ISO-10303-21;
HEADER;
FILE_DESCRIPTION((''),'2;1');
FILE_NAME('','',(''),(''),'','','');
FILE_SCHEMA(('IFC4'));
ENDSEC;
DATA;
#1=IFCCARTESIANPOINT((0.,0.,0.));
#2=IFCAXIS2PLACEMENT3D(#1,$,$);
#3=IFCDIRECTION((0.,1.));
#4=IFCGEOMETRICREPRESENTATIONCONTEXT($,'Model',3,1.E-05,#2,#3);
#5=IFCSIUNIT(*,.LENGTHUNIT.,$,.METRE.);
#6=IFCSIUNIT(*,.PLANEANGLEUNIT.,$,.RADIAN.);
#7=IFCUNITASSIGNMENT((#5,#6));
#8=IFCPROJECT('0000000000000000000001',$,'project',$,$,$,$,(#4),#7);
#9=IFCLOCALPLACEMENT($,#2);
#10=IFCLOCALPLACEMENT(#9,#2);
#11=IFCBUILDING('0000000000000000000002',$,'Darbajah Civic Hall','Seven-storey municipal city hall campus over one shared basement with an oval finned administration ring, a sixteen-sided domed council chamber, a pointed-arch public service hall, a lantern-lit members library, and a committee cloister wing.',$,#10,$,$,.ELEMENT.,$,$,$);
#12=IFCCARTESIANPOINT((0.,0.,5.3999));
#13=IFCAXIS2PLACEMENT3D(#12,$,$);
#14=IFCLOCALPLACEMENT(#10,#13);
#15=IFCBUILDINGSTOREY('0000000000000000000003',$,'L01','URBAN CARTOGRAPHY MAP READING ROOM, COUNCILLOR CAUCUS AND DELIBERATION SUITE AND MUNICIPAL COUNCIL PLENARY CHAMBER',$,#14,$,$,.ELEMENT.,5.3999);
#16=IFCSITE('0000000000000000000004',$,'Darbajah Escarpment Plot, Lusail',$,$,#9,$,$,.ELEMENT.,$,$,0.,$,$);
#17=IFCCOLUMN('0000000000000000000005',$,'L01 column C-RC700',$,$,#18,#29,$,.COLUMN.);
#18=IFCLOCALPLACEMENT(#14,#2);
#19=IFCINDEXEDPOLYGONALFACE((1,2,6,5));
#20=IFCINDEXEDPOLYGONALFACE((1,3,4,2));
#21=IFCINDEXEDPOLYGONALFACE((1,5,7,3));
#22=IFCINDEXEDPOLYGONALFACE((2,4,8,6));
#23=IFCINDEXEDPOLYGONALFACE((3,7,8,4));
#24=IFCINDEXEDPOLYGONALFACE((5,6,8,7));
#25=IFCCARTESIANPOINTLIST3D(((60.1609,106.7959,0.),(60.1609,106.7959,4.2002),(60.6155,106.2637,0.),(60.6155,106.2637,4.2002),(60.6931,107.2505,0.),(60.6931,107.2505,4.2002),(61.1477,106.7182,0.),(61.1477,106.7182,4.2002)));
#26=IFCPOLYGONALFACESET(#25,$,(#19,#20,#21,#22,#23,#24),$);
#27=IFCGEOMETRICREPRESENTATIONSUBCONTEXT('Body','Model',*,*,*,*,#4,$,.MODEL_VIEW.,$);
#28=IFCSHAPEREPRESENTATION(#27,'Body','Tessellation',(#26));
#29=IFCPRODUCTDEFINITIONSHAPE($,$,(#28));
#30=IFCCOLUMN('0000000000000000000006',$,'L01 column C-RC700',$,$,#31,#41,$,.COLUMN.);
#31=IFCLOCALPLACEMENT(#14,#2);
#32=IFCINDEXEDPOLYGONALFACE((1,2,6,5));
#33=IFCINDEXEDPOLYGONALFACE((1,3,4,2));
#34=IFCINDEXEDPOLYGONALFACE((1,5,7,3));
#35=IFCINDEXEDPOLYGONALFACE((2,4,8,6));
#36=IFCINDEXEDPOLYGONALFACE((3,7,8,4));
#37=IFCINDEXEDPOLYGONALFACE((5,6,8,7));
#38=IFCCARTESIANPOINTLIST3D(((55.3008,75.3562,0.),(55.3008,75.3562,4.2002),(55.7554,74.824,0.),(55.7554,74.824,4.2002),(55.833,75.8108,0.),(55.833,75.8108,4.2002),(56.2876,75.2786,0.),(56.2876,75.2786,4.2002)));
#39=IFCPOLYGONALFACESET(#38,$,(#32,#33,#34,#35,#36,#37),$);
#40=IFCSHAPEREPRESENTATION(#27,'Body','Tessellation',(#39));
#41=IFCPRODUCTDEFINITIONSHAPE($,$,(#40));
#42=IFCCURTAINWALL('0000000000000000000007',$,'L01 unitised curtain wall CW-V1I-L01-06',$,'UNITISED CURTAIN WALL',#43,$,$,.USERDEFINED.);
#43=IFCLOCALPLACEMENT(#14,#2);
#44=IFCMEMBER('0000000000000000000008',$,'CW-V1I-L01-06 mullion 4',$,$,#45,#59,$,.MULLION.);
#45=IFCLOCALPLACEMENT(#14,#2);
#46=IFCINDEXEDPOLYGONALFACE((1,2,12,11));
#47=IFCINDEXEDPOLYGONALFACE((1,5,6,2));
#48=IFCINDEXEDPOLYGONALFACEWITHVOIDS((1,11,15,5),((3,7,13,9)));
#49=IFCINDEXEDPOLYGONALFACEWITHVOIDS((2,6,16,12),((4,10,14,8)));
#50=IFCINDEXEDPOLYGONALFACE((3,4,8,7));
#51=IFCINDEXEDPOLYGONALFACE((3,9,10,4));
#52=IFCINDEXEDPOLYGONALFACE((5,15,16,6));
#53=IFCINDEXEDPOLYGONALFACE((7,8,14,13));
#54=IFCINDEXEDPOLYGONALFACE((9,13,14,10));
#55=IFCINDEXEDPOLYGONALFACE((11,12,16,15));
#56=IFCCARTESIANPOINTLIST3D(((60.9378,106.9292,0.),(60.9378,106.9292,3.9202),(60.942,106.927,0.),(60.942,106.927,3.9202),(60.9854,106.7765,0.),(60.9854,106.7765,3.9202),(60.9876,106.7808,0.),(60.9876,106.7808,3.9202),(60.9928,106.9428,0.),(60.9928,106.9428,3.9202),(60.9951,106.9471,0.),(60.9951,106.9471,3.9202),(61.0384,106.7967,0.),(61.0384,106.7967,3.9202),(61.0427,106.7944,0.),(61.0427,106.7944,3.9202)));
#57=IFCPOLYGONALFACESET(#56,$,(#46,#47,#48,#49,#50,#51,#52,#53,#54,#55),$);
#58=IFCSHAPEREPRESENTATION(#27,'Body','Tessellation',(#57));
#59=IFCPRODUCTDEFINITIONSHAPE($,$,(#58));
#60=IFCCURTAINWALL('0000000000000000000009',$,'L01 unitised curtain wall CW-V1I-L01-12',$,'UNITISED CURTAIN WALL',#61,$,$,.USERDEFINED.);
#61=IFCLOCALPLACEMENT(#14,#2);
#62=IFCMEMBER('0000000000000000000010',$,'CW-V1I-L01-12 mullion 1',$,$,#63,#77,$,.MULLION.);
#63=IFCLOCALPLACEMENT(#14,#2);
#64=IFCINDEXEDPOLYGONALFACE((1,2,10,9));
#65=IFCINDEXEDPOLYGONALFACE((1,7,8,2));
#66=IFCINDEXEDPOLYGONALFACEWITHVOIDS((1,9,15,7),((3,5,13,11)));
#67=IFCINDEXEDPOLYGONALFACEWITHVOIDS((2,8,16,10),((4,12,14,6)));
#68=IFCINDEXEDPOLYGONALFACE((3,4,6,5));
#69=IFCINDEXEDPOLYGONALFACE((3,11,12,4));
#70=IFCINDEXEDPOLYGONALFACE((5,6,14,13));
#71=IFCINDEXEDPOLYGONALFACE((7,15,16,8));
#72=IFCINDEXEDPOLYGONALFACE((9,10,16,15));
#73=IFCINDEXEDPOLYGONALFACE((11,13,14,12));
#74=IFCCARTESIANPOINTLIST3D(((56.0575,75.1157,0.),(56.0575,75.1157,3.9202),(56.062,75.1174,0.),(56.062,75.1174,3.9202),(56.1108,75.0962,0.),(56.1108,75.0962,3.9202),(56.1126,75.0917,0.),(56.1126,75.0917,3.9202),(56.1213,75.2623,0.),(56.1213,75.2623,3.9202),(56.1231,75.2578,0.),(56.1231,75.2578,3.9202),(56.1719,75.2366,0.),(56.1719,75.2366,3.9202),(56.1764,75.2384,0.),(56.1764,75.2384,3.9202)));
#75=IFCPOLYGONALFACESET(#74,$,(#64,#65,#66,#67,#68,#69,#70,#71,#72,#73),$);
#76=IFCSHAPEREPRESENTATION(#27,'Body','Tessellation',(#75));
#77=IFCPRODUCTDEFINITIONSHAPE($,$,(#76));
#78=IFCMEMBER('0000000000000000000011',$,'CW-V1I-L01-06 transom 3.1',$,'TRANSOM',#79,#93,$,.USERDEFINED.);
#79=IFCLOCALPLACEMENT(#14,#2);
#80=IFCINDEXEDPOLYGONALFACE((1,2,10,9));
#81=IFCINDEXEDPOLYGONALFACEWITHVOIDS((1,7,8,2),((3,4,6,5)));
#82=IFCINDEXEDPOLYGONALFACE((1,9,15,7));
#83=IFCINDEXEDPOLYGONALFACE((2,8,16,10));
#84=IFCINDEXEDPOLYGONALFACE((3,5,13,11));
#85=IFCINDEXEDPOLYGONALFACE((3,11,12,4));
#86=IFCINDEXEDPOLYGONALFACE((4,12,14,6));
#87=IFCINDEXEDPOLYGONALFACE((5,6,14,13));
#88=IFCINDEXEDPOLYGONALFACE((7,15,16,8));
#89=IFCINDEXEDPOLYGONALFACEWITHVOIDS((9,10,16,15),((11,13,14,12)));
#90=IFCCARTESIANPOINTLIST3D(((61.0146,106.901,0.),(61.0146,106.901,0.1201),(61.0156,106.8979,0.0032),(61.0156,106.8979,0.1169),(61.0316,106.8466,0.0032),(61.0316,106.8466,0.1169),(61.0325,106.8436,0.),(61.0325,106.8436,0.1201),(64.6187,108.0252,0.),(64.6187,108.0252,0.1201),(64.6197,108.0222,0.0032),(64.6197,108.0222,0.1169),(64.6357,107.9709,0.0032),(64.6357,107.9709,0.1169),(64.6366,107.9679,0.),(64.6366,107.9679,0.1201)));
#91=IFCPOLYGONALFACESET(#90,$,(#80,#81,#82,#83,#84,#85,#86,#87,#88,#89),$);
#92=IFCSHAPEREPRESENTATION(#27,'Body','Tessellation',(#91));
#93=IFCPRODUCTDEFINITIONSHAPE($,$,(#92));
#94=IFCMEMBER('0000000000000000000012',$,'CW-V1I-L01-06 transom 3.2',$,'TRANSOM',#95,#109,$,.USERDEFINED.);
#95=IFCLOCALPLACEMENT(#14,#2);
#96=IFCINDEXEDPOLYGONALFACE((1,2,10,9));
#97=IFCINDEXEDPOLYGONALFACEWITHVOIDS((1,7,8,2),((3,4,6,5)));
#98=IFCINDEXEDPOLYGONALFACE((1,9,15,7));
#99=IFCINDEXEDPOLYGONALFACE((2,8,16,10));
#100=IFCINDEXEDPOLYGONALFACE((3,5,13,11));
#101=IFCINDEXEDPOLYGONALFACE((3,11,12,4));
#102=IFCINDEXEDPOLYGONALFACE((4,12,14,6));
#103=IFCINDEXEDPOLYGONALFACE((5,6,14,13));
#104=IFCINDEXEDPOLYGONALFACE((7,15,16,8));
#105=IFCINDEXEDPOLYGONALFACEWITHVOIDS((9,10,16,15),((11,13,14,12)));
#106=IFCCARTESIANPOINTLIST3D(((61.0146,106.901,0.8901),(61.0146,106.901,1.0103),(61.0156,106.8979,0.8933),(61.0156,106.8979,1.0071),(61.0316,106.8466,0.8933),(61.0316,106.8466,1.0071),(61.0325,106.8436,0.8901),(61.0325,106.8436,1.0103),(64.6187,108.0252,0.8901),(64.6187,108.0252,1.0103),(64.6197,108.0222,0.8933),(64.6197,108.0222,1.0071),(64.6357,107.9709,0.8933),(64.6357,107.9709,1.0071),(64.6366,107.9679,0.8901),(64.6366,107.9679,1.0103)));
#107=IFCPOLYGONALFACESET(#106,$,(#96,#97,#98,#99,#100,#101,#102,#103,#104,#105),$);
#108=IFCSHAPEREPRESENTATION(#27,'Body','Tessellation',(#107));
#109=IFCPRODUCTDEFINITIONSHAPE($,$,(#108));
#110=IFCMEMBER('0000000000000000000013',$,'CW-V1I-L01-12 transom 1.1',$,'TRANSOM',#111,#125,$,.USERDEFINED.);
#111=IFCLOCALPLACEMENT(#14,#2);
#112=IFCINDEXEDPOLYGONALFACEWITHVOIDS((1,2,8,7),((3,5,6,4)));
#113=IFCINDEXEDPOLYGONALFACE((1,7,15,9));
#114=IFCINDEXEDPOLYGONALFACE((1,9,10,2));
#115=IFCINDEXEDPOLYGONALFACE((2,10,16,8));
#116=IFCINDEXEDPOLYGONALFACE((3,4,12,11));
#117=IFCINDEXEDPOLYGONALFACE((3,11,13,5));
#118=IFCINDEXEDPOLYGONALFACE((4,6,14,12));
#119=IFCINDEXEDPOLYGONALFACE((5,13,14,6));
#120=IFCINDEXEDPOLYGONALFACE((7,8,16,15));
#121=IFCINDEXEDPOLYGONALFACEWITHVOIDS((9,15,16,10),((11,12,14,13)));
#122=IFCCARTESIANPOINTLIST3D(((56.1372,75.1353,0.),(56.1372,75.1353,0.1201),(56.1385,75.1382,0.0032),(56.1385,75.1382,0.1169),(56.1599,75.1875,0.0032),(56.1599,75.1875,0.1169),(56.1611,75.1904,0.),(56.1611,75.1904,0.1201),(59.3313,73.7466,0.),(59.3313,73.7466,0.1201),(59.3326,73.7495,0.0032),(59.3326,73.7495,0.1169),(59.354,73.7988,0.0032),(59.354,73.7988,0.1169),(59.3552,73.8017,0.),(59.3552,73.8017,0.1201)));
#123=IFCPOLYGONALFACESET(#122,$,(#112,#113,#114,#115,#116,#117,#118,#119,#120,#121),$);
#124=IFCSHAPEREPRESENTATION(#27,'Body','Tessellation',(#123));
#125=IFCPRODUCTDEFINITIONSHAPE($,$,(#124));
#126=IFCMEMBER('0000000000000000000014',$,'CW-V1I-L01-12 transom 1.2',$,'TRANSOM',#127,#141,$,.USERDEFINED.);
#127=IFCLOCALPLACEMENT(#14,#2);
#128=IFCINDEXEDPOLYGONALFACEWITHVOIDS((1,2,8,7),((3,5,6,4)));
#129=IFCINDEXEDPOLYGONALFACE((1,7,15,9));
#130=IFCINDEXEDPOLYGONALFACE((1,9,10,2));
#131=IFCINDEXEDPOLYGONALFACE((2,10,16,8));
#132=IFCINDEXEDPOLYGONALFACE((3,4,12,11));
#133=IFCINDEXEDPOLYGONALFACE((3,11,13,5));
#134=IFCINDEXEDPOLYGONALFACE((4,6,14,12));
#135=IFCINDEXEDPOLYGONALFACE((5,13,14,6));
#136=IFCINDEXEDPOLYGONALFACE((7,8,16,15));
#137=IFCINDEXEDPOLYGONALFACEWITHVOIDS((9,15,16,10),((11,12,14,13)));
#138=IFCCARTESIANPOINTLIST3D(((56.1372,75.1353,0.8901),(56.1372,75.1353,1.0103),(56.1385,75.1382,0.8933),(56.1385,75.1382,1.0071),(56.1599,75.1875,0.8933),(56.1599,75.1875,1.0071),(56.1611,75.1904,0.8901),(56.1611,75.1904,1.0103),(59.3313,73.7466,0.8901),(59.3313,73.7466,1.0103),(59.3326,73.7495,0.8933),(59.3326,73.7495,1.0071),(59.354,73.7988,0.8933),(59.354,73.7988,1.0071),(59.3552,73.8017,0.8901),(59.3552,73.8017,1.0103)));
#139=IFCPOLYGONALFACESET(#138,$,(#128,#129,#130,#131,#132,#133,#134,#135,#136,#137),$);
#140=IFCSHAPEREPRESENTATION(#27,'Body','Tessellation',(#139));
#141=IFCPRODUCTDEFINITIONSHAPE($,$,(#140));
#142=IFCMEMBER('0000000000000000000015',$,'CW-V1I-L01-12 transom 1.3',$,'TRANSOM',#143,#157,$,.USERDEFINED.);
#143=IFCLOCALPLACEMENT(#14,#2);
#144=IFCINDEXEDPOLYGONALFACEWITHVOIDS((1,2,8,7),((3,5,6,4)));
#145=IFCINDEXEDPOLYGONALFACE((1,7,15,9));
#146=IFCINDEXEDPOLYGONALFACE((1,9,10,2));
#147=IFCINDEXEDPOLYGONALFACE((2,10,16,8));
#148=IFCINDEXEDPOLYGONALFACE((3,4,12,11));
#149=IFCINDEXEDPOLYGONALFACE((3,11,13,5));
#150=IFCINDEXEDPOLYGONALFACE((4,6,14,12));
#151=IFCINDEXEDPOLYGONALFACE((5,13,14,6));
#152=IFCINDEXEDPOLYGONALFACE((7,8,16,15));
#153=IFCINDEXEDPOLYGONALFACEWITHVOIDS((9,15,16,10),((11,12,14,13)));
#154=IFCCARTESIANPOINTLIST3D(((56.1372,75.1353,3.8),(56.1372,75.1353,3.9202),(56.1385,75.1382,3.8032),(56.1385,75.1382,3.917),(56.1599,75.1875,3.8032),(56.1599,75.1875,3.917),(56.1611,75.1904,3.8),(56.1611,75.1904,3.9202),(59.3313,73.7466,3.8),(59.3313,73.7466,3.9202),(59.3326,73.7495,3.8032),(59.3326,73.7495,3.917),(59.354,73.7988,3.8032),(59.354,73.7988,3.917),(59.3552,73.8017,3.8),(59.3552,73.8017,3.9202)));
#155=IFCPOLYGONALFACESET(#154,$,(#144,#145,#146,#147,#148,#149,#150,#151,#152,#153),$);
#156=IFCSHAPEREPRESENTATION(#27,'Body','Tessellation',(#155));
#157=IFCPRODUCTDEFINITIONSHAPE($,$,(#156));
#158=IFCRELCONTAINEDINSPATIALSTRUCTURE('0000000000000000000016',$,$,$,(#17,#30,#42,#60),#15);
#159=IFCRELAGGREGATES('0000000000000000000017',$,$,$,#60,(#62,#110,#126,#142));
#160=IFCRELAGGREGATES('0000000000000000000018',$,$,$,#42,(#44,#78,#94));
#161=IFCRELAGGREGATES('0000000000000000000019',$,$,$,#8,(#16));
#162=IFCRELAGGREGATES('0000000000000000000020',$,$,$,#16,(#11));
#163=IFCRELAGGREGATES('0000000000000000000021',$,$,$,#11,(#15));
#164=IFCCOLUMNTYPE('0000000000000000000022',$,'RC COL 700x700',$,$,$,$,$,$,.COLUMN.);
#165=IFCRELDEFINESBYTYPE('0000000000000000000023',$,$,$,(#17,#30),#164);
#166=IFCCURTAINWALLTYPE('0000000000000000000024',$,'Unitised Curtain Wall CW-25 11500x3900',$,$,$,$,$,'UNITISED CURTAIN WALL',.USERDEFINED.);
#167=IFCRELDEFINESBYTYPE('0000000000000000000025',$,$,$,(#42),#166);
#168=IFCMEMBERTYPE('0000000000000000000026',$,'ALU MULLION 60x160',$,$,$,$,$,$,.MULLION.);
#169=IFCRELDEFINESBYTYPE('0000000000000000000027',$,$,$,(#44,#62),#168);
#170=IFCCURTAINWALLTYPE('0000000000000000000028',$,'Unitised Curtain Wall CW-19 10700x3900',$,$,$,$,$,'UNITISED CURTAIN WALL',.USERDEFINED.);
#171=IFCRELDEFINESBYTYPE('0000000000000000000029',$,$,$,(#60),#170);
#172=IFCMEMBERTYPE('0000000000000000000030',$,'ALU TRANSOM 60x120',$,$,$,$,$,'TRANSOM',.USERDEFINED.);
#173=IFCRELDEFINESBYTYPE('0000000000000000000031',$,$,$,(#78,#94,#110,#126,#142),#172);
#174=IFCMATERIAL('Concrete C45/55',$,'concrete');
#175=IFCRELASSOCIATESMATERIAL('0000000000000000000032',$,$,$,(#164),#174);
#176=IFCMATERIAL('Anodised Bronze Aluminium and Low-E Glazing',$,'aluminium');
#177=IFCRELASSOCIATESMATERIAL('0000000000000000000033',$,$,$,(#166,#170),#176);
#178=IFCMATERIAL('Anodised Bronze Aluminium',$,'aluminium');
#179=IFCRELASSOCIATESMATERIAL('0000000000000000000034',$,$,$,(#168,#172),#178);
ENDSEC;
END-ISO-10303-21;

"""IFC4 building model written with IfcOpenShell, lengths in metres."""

from ifc_helpers import new_model, si_unit, direction, frame, origin, origin_2d, place, context, subcontext, project, spatial, rectangle, hollow_rectangle, extrude, material, material_profile, profile_set, type_object, element, aggregate, save


model = new_model("IFC4")

# Units and contexts
model_context = context("Model", 3, precision=1e-05, world=origin(), true_north=direction((0.0, 1.0)))
body_context = subcontext(model_context, "Body", "Model", "MODEL_VIEW")
ifc_project = project(units=[si_unit("LENGTHUNIT", "METRE"), si_unit("PLANEANGLEUNIT", "RADIAN")], contexts=[model_context])

# Site, building, storey
site_placement = place(None, origin())
site = spatial("IfcSite", under=ifc_project, at=site_placement, Name="Darbajah Escarpment Plot, Lusail", CompositionType="ELEMENT", RefElevation=0.0)
building_placement = place(site_placement, origin())
building = spatial("IfcBuilding", under=site, at=building_placement, Name="Darbajah Civic Hall", Description="Seven-storey municipal city hall campus over one shared basement with an oval finned administration ring, a sixteen-sided domed council chamber, a pointed-arch public service hall, a lantern-lit members library, and a committee cloister wing.", CompositionType="ELEMENT")
storey_placement = place(building_placement, frame((0.0, 0.0, 5.3999)))
storey = spatial("IfcBuildingStorey", under=building, at=storey_placement, Name="L01", Description="URBAN CARTOGRAPHY MAP READING ROOM, COUNCILLOR CAUCUS AND DELIBERATION SUITE AND MUNICIPAL COUNCIL PLENARY CHAMBER", CompositionType="ELEMENT", Elevation=5.3999)

# Columns
ifc_material_1 = material(Name="Concrete C45/55", Category="concrete")
ifc_material_profile_1 = material_profile(ifc_material_1, rectangle(XDim=0.7, YDim=0.7, at=origin_2d()), Name="RC COL 700x700")
ifc_profile_set_1 = profile_set([ifc_material_profile_1], Name="Concrete C45/55")
column_type = type_object("IfcColumnType", Name="RC COL 700x700", PredefinedType="COLUMN", material=ifc_profile_set_1)
for number, where, z_axis, x_axis, name in (
    (1, (60.6543, 106.7571, 0.0), (0.0, 0.0, 1.0), (-0.649448, 0.760406, 0.0), "L01 column C-RC700"),
    (2, (55.7942, 75.3174, 0.0), (0.0, 0.0, 1.0), (-0.760406, -0.649448, 0.0), "L01 column C-RC700"),
):
    element("IfcColumn", number, at=place(storey_placement, frame(where, z_axis=z_axis, x_axis=x_axis)), inside=storey, type_object=column_type, Name=name, PredefinedType="COLUMN", context=body_context, shape_type="SweptSolid", body=[
        extrude(rectangle(XDim=0.7, YDim=0.7, at=origin_2d()), origin(), (0.0, 0.0, 1.0), 4.2002),
    ])

# Curtain walls, members
ifc_material_2 = material(Name="Anodised Bronze Aluminium and Low-E Glazing", Category="aluminium")
curtain_wall_type_1 = type_object("IfcCurtainWallType", Name="Unitised Curtain Wall CW-25 11500x3900", ElementType="UNITISED CURTAIN WALL", PredefinedType="USERDEFINED", material=ifc_material_2)
curtain_wall_1_placement = place(storey_placement, origin())
curtain_wall_1 = element("IfcCurtainWall", 3, at=curtain_wall_1_placement, inside=storey, type_object=curtain_wall_type_1, Name="L01 unitised curtain wall CW-V1I-L01-06", ObjectType="UNITISED CURTAIN WALL", PredefinedType="USERDEFINED")
ifc_material_3 = material(Name="Anodised Bronze Aluminium", Category="aluminium")
ifc_material_profile_2 = material_profile(ifc_material_3, hollow_rectangle(XDim=0.0601, YDim=0.1599, WallThickness=0.0034, at=origin_2d()), Name="ALU MULLION 60x160")
ifc_profile_set_2 = profile_set([ifc_material_profile_2], Name="Anodised Bronze Aluminium")
member_type_1 = type_object("IfcMemberType", Name="ALU MULLION 60x160", PredefinedType="MULLION", material=ifc_profile_set_2)
member_1_placement = place(storey_placement, frame((60.9902, 106.8618, 0.0), z_axis=(0.0, 0.0, 1.0), x_axis=(-0.954605, -0.297875, 0.0)))
member_1 = element("IfcMember", 4, at=member_1_placement, type_object=member_type_1, Name="CW-V1I-L01-06 mullion 4", PredefinedType="MULLION", context=body_context, shape_type="SweptSolid", body=[
    extrude(hollow_rectangle(XDim=0.0601, YDim=0.1599, WallThickness=0.0034, at=origin_2d()), origin(), (0.0, 0.0, 1.0), 3.9202),
])
curtain_wall_type_2 = type_object("IfcCurtainWallType", Name="Unitised Curtain Wall CW-19 10700x3900", ElementType="UNITISED CURTAIN WALL", PredefinedType="USERDEFINED", material=ifc_material_2)
curtain_wall_2_placement = place(storey_placement, origin())
curtain_wall_2 = element("IfcCurtainWall", 5, at=curtain_wall_2_placement, inside=storey, type_object=curtain_wall_type_2, Name="L01 unitised curtain wall CW-V1I-L01-12", ObjectType="UNITISED CURTAIN WALL", PredefinedType="USERDEFINED")
member_2_placement = place(storey_placement, frame((56.1169, 75.177, 0.0), z_axis=(0.0, 0.0, 1.0), x_axis=(0.91706, -0.398749, 0.0)))
member_2 = element("IfcMember", 6, at=member_2_placement, type_object=member_type_1, Name="CW-V1I-L01-12 mullion 1", PredefinedType="MULLION", context=body_context, shape_type="SweptSolid", body=[
    extrude(hollow_rectangle(XDim=0.0601, YDim=0.1599, WallThickness=0.0034, at=origin_2d()), origin(), (0.0, 0.0, 1.0), 3.9202),
])

# Members
ifc_material_profile_3 = material_profile(ifc_material_3, hollow_rectangle(XDim=0.0601, YDim=0.1201, WallThickness=0.0032, at=origin_2d()), Name="ALU TRANSOM 60x120")
ifc_profile_set_3 = profile_set([ifc_material_profile_3], Name="Anodised Bronze Aluminium")
member_type_2 = type_object("IfcMemberType", Name="ALU TRANSOM 60x120", ElementType="TRANSOM", PredefinedType="USERDEFINED", material=ifc_profile_set_3)
member_3_placement = place(storey_placement, frame((64.6277, 107.9966, 0.0601), z_axis=(-0.954629, -0.297796, 0.0), x_axis=(0.297796, -0.954629, 0.0)))
member_3 = element("IfcMember", 7, at=member_3_placement, type_object=member_type_2, Name="CW-V1I-L01-06 transom 3.1", ObjectType="TRANSOM", PredefinedType="USERDEFINED", context=body_context, shape_type="SweptSolid", body=[
    extrude(hollow_rectangle(XDim=0.0601, YDim=0.1201, WallThickness=0.0032, at=origin_2d()), origin(), (0.0, 0.0, 1.0), 3.7754),
])
member_4_placement = place(storey_placement, frame((64.6277, 107.9966, 0.9502), z_axis=(-0.954629, -0.297796, 0.0), x_axis=(0.297796, -0.954629, 0.0)))
member_4 = element("IfcMember", 8, at=member_4_placement, type_object=member_type_2, Name="CW-V1I-L01-06 transom 3.2", ObjectType="TRANSOM", PredefinedType="USERDEFINED", context=body_context, shape_type="SweptSolid", body=[
    extrude(hollow_rectangle(XDim=0.0601, YDim=0.1201, WallThickness=0.0032, at=origin_2d()), origin(), (0.0, 0.0, 1.0), 3.7754),
])
member_5_placement = place(storey_placement, frame((56.1492, 75.1628, 0.0601), z_axis=(0.917077, -0.398711, 0.0), x_axis=(0.398711, 0.917077, 0.0)))
member_5 = element("IfcMember", 9, at=member_5_placement, type_object=member_type_2, Name="CW-V1I-L01-12 transom 1.1", ObjectType="TRANSOM", PredefinedType="USERDEFINED", context=body_context, shape_type="SweptSolid", body=[
    extrude(hollow_rectangle(XDim=0.0601, YDim=0.1201, WallThickness=0.0032, at=origin_2d()), origin(), (0.0, 0.0, 1.0), 3.4829),
])
member_6_placement = place(storey_placement, frame((56.1492, 75.1628, 0.9502), z_axis=(0.917077, -0.398711, 0.0), x_axis=(0.398711, 0.917077, 0.0)))
member_6 = element("IfcMember", 10, at=member_6_placement, type_object=member_type_2, Name="CW-V1I-L01-12 transom 1.2", ObjectType="TRANSOM", PredefinedType="USERDEFINED", context=body_context, shape_type="SweptSolid", body=[
    extrude(hollow_rectangle(XDim=0.0601, YDim=0.1201, WallThickness=0.0032, at=origin_2d()), origin(), (0.0, 0.0, 1.0), 3.4829),
])
member_7_placement = place(storey_placement, frame((56.1492, 75.1628, 3.8601), z_axis=(0.917077, -0.398711, 0.0), x_axis=(0.398711, 0.917077, 0.0)))
member_7 = element("IfcMember", 11, at=member_7_placement, type_object=member_type_2, Name="CW-V1I-L01-12 transom 1.3", ObjectType="TRANSOM", PredefinedType="USERDEFINED", context=body_context, shape_type="SweptSolid", body=[
    extrude(hollow_rectangle(XDim=0.0601, YDim=0.1201, WallThickness=0.0032, at=origin_2d()), origin(), (0.0, 0.0, 1.0), 3.4829),
])
aggregate(curtain_wall_2, [member_2, member_5, member_6, member_7])

aggregate(curtain_wall_1, [member_1, member_3, member_4])

save(model, "model.ifc")
